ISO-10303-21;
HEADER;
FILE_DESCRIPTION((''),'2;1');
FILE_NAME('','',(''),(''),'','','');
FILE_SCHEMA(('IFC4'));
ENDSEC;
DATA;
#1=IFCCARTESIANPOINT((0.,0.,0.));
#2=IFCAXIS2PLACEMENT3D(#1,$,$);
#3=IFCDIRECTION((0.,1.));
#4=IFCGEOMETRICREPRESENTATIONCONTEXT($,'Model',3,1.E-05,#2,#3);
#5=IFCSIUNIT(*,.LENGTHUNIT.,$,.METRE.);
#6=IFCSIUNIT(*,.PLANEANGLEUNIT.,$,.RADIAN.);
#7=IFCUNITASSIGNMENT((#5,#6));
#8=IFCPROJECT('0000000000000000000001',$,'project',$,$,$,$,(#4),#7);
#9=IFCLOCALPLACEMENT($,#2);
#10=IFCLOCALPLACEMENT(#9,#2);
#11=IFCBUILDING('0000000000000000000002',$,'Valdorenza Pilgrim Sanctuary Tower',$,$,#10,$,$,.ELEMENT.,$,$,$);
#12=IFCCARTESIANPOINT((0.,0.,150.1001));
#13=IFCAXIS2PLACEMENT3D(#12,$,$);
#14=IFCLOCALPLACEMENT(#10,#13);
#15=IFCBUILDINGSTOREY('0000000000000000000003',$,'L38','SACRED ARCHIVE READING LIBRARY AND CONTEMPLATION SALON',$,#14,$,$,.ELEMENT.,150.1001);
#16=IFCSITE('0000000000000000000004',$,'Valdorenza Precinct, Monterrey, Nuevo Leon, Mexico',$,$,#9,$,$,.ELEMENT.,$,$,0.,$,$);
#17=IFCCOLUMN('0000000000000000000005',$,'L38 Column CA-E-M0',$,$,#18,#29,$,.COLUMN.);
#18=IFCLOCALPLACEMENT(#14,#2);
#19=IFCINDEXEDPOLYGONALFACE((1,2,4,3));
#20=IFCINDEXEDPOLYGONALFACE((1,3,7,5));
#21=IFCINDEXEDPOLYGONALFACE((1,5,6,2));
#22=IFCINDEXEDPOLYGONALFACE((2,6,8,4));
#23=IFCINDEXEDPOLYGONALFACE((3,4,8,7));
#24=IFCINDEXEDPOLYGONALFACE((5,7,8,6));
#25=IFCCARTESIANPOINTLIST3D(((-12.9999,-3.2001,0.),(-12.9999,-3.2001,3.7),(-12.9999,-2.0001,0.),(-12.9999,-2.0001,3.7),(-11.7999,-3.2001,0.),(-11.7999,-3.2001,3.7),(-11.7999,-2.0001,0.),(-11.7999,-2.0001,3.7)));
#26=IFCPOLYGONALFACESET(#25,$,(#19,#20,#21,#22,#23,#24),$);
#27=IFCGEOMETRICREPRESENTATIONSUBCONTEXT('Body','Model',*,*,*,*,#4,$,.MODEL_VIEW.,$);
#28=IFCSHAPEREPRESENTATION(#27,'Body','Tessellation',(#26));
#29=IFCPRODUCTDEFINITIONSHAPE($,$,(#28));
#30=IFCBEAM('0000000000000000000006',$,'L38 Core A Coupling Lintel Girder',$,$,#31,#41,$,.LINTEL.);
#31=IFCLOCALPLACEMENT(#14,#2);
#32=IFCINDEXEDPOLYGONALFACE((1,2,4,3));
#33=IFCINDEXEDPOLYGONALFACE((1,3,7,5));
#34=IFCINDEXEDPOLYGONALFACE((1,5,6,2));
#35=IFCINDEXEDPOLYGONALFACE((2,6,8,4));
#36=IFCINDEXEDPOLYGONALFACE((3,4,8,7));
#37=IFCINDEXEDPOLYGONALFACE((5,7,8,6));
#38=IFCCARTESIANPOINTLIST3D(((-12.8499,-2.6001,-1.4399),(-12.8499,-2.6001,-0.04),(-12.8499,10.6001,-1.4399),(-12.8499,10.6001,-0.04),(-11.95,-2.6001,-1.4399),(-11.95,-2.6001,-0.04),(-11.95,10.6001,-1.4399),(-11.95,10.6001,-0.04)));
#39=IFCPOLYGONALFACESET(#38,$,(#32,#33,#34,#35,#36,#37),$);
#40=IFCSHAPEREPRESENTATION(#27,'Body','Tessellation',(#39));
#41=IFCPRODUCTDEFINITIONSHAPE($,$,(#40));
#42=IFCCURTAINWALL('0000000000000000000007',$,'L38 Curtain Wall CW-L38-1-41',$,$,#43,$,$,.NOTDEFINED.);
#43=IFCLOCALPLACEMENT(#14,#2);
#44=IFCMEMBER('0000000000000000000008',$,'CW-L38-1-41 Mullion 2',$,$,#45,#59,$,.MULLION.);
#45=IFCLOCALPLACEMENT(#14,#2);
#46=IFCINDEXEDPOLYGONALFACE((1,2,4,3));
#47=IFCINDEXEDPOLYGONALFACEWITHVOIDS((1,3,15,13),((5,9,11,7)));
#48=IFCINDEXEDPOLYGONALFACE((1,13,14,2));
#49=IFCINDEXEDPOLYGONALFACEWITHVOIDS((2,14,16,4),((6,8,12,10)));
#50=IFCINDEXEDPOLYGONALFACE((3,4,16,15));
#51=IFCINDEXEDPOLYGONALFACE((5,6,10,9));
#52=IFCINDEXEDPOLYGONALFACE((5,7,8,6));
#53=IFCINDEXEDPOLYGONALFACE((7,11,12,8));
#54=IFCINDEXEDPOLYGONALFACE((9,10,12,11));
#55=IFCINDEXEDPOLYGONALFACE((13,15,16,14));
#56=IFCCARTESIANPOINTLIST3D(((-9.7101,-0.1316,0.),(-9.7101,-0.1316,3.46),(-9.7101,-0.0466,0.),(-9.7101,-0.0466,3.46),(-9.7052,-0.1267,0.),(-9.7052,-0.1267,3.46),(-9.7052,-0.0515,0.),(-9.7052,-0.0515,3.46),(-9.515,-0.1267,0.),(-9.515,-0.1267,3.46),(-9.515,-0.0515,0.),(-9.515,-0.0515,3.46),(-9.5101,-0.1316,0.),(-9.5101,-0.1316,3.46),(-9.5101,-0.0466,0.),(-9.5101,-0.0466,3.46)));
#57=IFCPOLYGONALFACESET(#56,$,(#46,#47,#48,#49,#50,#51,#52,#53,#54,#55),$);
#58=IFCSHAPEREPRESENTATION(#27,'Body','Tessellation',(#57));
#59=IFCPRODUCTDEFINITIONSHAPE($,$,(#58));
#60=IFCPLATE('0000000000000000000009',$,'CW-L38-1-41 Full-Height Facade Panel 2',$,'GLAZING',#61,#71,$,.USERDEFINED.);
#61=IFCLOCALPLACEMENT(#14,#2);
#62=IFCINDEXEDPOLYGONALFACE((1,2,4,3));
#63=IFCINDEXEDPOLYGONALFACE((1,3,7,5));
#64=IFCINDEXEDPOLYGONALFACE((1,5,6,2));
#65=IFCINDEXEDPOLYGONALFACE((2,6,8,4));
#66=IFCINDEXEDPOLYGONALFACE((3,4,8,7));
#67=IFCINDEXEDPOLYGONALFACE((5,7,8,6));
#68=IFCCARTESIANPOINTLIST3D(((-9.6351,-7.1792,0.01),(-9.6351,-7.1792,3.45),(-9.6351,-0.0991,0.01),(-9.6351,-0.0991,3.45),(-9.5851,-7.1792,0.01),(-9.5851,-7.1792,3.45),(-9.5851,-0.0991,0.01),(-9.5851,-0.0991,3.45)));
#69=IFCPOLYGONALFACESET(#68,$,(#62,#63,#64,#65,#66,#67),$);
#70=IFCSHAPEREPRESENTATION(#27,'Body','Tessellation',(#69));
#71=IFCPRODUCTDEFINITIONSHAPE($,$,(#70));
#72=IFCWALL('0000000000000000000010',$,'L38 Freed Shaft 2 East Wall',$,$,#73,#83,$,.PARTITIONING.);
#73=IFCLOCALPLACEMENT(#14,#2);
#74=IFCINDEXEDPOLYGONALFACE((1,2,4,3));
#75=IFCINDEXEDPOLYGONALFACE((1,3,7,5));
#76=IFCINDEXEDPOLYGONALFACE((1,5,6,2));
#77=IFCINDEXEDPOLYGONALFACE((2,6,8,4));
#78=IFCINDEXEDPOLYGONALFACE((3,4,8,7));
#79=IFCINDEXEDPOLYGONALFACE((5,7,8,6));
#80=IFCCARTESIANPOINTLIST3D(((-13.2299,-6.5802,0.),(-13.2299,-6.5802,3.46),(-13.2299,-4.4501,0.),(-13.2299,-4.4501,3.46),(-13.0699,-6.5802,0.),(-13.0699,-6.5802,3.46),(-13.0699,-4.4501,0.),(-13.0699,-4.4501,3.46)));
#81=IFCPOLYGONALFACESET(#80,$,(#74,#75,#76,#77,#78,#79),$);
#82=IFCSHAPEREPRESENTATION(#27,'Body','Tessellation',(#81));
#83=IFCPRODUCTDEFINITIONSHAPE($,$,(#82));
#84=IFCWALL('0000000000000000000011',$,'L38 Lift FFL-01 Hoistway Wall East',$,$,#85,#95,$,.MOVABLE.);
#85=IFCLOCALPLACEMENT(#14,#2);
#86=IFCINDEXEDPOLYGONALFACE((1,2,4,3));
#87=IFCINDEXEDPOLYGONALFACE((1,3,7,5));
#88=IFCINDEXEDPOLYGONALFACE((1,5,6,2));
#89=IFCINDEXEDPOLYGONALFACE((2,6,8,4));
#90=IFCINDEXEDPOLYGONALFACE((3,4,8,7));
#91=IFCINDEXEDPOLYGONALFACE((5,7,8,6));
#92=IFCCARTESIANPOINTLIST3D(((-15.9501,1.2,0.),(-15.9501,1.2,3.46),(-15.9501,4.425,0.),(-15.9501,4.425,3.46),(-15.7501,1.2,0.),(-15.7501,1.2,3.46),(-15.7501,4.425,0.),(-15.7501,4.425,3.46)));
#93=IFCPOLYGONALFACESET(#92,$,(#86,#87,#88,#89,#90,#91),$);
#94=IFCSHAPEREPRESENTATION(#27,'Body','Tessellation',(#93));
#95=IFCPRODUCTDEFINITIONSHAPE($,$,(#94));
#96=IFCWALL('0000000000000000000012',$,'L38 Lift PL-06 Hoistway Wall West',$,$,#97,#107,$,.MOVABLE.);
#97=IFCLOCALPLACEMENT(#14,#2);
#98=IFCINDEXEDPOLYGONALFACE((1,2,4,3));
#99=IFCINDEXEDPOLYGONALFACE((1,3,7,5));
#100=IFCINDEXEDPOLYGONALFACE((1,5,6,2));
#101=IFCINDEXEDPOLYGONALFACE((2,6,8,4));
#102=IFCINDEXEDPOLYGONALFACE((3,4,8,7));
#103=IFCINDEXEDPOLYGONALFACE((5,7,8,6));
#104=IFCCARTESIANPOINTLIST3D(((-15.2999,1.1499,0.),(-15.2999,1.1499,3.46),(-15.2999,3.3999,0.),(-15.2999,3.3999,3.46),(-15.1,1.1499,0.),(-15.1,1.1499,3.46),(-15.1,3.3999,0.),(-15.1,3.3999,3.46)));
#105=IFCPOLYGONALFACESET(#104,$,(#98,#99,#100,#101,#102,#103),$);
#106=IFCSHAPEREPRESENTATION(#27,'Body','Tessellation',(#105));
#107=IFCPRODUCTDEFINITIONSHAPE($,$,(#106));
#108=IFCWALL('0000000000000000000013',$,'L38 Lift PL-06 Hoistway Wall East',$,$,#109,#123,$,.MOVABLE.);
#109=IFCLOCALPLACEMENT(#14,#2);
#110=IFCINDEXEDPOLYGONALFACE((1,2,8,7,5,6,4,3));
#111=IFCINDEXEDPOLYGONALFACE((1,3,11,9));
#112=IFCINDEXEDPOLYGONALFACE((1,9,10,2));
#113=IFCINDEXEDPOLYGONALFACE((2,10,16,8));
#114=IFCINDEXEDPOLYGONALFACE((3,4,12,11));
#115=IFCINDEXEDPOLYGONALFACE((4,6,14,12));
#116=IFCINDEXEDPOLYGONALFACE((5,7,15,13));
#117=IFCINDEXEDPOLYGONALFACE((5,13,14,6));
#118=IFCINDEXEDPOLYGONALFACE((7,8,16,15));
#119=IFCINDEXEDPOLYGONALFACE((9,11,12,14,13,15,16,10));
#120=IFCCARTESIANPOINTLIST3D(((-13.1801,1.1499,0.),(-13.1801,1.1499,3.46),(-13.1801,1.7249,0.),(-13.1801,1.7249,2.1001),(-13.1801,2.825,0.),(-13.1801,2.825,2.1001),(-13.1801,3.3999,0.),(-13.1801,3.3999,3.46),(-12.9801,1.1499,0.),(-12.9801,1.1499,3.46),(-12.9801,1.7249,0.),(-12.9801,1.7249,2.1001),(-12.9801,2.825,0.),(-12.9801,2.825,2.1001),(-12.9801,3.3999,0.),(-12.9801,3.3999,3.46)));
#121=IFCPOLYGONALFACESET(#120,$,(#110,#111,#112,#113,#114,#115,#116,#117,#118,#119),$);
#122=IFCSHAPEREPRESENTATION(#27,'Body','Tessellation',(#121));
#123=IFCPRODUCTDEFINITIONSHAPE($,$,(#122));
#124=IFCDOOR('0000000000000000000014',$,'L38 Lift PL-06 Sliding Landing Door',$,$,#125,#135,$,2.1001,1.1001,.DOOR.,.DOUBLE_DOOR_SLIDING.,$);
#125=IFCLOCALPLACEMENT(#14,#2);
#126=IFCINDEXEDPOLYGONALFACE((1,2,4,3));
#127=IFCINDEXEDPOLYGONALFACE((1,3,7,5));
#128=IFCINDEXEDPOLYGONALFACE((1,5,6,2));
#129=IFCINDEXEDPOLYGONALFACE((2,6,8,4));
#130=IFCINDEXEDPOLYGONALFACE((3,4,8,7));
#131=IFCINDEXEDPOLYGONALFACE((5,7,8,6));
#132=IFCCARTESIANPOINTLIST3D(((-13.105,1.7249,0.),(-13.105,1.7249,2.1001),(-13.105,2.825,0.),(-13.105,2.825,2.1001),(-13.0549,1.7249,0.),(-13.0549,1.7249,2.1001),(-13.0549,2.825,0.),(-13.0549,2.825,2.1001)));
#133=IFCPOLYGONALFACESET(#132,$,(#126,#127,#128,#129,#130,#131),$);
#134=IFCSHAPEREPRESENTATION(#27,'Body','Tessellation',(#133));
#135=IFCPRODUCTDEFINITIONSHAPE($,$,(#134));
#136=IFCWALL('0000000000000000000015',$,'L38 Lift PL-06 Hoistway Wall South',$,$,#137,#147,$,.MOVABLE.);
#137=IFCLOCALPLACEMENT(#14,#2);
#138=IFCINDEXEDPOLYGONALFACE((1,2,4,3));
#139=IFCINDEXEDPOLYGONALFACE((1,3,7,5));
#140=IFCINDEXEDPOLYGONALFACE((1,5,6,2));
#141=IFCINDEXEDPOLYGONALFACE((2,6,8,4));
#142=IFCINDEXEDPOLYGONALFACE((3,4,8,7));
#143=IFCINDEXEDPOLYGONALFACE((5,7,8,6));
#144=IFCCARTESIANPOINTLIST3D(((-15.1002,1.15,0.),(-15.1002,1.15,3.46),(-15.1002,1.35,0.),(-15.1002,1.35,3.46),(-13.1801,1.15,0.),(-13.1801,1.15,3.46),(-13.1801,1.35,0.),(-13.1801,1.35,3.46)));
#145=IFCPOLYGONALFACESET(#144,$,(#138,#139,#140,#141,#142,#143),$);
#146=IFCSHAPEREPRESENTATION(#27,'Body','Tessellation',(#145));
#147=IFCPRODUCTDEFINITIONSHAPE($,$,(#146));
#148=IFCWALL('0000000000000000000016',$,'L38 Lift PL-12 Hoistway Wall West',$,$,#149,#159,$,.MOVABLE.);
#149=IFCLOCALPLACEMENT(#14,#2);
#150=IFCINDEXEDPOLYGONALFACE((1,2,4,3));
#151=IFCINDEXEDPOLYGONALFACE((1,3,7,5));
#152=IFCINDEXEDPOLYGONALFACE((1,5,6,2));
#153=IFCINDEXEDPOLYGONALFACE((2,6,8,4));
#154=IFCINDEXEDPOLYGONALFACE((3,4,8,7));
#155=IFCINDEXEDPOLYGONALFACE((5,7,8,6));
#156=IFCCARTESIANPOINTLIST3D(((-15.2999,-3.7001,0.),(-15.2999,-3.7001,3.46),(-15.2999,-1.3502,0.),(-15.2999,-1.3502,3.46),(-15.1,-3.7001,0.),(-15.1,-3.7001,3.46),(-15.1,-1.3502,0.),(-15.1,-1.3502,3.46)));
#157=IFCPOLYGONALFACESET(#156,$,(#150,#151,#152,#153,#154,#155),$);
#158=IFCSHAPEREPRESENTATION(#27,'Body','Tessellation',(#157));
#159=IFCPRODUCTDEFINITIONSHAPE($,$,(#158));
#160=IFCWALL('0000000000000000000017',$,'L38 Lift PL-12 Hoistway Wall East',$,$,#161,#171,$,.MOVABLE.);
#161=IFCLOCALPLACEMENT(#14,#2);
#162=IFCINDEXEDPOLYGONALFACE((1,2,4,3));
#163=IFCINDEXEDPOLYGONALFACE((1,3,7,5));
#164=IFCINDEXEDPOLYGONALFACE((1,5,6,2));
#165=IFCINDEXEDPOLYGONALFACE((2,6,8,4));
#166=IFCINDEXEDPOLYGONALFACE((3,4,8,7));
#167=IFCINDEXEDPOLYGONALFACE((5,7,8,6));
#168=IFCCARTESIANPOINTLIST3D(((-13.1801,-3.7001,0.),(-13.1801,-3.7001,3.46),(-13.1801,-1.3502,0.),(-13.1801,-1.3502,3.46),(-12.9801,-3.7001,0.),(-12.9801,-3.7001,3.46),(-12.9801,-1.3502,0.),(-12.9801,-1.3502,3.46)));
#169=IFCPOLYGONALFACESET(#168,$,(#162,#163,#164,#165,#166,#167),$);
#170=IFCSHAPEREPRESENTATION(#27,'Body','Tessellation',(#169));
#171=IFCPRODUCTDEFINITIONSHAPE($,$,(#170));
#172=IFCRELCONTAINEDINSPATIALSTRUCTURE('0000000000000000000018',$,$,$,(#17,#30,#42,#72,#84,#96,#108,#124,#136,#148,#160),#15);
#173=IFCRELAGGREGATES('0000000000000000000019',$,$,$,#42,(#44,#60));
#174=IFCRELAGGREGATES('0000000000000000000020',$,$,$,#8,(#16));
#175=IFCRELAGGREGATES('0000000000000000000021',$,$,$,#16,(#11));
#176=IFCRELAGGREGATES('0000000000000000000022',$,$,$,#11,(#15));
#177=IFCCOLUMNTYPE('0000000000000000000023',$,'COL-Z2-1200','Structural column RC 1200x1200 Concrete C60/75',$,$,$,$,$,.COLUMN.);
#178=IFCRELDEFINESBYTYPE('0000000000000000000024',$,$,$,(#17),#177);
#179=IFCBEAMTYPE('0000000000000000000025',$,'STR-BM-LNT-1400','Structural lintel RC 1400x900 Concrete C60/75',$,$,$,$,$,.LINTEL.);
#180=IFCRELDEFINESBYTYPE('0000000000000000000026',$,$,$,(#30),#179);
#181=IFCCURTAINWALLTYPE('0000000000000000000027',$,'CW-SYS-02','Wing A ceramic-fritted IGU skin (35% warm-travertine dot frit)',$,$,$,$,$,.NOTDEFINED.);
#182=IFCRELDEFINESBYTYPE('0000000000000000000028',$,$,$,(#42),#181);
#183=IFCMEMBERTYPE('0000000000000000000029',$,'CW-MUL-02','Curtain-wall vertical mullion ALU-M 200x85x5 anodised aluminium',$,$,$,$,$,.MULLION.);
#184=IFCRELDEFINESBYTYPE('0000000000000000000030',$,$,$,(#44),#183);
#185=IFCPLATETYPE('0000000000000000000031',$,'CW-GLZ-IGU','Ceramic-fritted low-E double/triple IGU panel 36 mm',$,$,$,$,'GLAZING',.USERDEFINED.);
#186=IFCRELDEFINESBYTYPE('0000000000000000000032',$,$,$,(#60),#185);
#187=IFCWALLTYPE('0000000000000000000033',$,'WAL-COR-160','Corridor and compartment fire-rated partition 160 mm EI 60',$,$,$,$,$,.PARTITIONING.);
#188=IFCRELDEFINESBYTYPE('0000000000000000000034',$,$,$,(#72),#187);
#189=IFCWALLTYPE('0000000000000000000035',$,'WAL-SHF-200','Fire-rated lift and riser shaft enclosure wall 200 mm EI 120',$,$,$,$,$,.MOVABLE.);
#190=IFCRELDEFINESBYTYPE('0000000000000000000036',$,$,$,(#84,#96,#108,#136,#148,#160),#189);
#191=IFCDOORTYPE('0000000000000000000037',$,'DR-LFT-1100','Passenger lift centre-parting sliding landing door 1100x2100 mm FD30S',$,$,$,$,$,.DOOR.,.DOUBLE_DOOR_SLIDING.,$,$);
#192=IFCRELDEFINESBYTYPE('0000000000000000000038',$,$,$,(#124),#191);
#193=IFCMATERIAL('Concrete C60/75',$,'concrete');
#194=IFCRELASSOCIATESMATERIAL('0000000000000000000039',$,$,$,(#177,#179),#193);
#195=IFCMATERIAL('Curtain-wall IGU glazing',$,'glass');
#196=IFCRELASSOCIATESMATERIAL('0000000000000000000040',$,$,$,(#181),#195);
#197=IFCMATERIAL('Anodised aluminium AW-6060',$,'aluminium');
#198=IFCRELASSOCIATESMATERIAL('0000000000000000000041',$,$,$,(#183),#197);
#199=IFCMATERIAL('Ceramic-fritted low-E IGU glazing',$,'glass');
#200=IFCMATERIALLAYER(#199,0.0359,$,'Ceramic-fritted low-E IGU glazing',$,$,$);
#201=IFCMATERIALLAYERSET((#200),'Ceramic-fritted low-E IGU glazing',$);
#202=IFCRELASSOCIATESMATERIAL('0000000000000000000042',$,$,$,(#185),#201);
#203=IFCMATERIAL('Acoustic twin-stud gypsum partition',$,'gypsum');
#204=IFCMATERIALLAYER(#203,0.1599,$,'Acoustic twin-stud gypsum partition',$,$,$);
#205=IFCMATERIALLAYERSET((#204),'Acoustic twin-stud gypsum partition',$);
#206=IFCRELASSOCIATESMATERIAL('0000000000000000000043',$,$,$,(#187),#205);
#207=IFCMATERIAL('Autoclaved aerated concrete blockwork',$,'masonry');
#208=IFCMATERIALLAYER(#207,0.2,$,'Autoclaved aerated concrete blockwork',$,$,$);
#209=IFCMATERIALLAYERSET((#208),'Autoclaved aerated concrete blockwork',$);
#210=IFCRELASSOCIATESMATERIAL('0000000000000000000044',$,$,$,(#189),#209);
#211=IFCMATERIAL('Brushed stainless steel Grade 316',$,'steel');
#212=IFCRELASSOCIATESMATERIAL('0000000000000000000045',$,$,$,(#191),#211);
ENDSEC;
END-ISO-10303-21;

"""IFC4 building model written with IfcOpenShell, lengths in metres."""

from ifc_helpers import new_model, si_unit, direction, frame, frame_2d, origin, origin_2d, place, context, subcontext, project, spatial, rectangle, hollow_rectangle, extrude, source, transform, mapped, material, layer, layer_set, material_profile, profile_set, type_object, element, fill, aggregate, save


model = new_model("IFC4")

# Units and contexts
model_context = context("Model", 3, precision=1e-05, world=origin(), true_north=direction((0.0, 1.0)))
body_context = subcontext(model_context, "Body", "Model", "MODEL_VIEW")
ifc_project = project(units=[si_unit("LENGTHUNIT", "METRE"), si_unit("PLANEANGLEUNIT", "RADIAN")], contexts=[model_context])

# Site, building, storey
site_placement = place(None, origin())
site = spatial("IfcSite", under=ifc_project, at=site_placement, Name="Valdorenza Precinct, Monterrey, Nuevo Leon, Mexico", CompositionType="ELEMENT", RefElevation=0.0)
building_placement = place(site_placement, origin())
building = spatial("IfcBuilding", under=site, at=building_placement, Name="Valdorenza Pilgrim Sanctuary Tower", CompositionType="ELEMENT")
storey_placement = place(building_placement, frame((0.0, 0.0, 150.1001)))
storey = spatial("IfcBuildingStorey", under=building, at=storey_placement, Name="L38", Description="SACRED ARCHIVE READING LIBRARY AND CONTEMPLATION SALON", CompositionType="ELEMENT", Elevation=150.1001)

# Column
ifc_material_1 = material(Name="Concrete C60/75", Category="concrete")
ifc_material_profile_1 = material_profile(ifc_material_1, rectangle(XDim=1.2, YDim=1.2, at=origin_2d()), Name="RC 1200x1200")
ifc_profile_set_1 = profile_set([ifc_material_profile_1], Name="Concrete C60/75")
column_type = type_object("IfcColumnType", Name="COL-Z2-1200", Description="Structural column RC 1200x1200 Concrete C60/75", PredefinedType="COLUMN", material=ifc_profile_set_1)
shared_shape_1 = source(origin(), body_context, "Body", "SweptSolid", [
    extrude(rectangle(XDim=1.2, YDim=1.2, at=origin_2d()), origin(), (0.0, 0.0, 1.0), 3.7),
])
column_placement = place(storey_placement, frame((-12.3999, -2.6001, 0.0), z_axis=(0.0, 0.0, 1.0), x_axis=(1.0, 0.0, 0.0)))
element("IfcColumn", 1, at=column_placement, inside=storey, type_object=column_type, Name="L38 Column CA-E-M0", PredefinedType="COLUMN", context=body_context, shape_type="MappedRepresentation", body=[
    mapped(shared_shape_1, transform((0.0, 0.0, 0.0), x_axis=(1.0, 0.0, 0.0), y_axis=(0.0, 1.0, 0.0), z_axis=(0.0, 0.0, 1.0), scale=1.0)),
])

# Beam
ifc_material_profile_2 = material_profile(ifc_material_1, rectangle(XDim=0.8999, YDim=1.3999, at=origin_2d()), Name="RC 1400x900")
ifc_profile_set_2 = profile_set([ifc_material_profile_2], Name="Concrete C60/75")
beam_type = type_object("IfcBeamType", Name="STR-BM-LNT-1400", Description="Structural lintel RC 1400x900 Concrete C60/75", PredefinedType="LINTEL", material=ifc_profile_set_2)
shared_shape_2 = source(origin(), body_context, "Body", "SweptSolid", [
    extrude(rectangle(XDim=0.8999, YDim=1.3999, at=origin_2d()), origin(), (0.0, 0.0, 1.0), 13.2002),
])
beam_placement = place(storey_placement, frame((-12.3999, -2.6001, -0.74), z_axis=(0.0, 1.0, 0.0), x_axis=(-1.0, 0.0, 0.0)))
element("IfcBeam", 2, at=beam_placement, inside=storey, type_object=beam_type, Name="L38 Core A Coupling Lintel Girder", PredefinedType="LINTEL", context=body_context, shape_type="MappedRepresentation", body=[
    mapped(shared_shape_2, transform((0.0, 0.0, 0.0), x_axis=(1.0, 0.0, 0.0), y_axis=(0.0, 1.0, 0.0), z_axis=(0.0, 0.0, 1.0), scale=1.0)),
])

# Curtain wall, member, plate
ifc_material_2 = material(Name="Curtain-wall IGU glazing", Category="glass")
curtain_wall_type = type_object("IfcCurtainWallType", Name="CW-SYS-02", Description="Wing A ceramic-fritted IGU skin (35% warm-travertine dot frit)", PredefinedType="NOTDEFINED", material=ifc_material_2)
curtain_wall_placement = place(storey_placement, origin())
curtain_wall = element("IfcCurtainWall", 3, at=curtain_wall_placement, inside=storey, type_object=curtain_wall_type, Name="L38 Curtain Wall CW-L38-1-41", PredefinedType="NOTDEFINED")
ifc_material_3 = material(Name="Anodised aluminium AW-6060", Category="aluminium")
ifc_material_profile_3 = material_profile(ifc_material_3, hollow_rectangle(XDim=0.085, YDim=0.2, WallThickness=0.0049, at=origin_2d()), Name="ALU-M 200x85x5")
ifc_profile_set_3 = profile_set([ifc_material_profile_3], Name="Anodised aluminium AW-6060")
member_type = type_object("IfcMemberType", Name="CW-MUL-02", Description="Curtain-wall vertical mullion ALU-M 200x85x5 anodised aluminium", PredefinedType="MULLION", material=ifc_profile_set_3)
shared_shape_3 = source(origin(), body_context, "Body", "SweptSolid", [
    extrude(hollow_rectangle(XDim=0.085, YDim=0.2, WallThickness=0.0049, at=origin_2d()), origin(), (0.0, 0.0, 1.0), 3.46),
])
member_placement = place(storey_placement, frame((-9.6101, -0.0891, 0.0), z_axis=(0.0, 0.0, 1.0), x_axis=(0.0, -1.0, 0.0)))
member = element("IfcMember", 4, at=member_placement, type_object=member_type, Name="CW-L38-1-41 Mullion 2", PredefinedType="MULLION", context=body_context, shape_type="MappedRepresentation", body=[
    mapped(shared_shape_3, transform((0.0, 0.0, 0.0), x_axis=(1.0, 0.0, 0.0), y_axis=(0.0, 1.0, 0.0), z_axis=(0.0, 0.0, 1.0), scale=1.0)),
])
ifc_material_4 = material(Name="Ceramic-fritted low-E IGU glazing", Category="glass")
ifc_layer_1 = layer(ifc_material_4, 0.0359, Name="Ceramic-fritted low-E IGU glazing")
ifc_layer_set_1 = layer_set([ifc_layer_1], Name="Ceramic-fritted low-E IGU glazing")
plate_type = type_object("IfcPlateType", Name="CW-GLZ-IGU", Description="Ceramic-fritted low-E double/triple IGU panel 36 mm", ElementType="GLAZING", PredefinedType="USERDEFINED", material=ifc_layer_set_1)
shared_shape_4 = source(origin(), body_context, "Body", "SweptSolid", [
    extrude(rectangle(XDim=7.0801, YDim=0.05, at=origin_2d()), origin(), (0.0, 0.0, 1.0), 3.4399),
])
plate_placement = place(storey_placement, frame((-9.6101, -3.6392, 0.01), z_axis=(0.0, 0.0, 1.0), x_axis=(0.0, -1.0, 0.0)))
plate = element("IfcPlate", 5, at=plate_placement, type_object=plate_type, Name="CW-L38-1-41 Full-Height Facade Panel 2", ObjectType="GLAZING", PredefinedType="USERDEFINED", context=body_context, shape_type="MappedRepresentation", body=[
    mapped(shared_shape_4, transform((0.0, 0.0, 0.0), x_axis=(1.0, 0.0, 0.0), y_axis=(0.0, 1.0, 0.0), z_axis=(0.0, 0.0, 1.0), scale=1.0)),
])
aggregate(curtain_wall, [member, plate])

# Wall
ifc_material_5 = material(Name="Acoustic twin-stud gypsum partition", Category="gypsum")
ifc_layer_2 = layer(ifc_material_5, 0.1599, Name="Acoustic twin-stud gypsum partition")
ifc_layer_set_2 = layer_set([ifc_layer_2], Name="Acoustic twin-stud gypsum partition")
wall_type_1 = type_object("IfcWallType", Name="WAL-COR-160", Description="Corridor and compartment fire-rated partition 160 mm EI 60", PredefinedType="PARTITIONING", material=ifc_layer_set_2)
wall_1_placement = place(storey_placement, frame((-13.1499, -6.5801, 0.0), z_axis=(0.0, 0.0, 1.0), x_axis=(0.0, 1.0, 0.0)))
element("IfcWall", 6, at=wall_1_placement, inside=storey, type_object=wall_type_1, Name="L38 Freed Shaft 2 East Wall", PredefinedType="PARTITIONING", context=body_context, shape_type="SweptSolid", body=[
    extrude(rectangle(XDim=2.1301, YDim=0.1599, at=frame_2d((1.0649, 0.0))), origin(), (0.0, 0.0, 1.0), 3.46),
])

# Walls
ifc_material_6 = material(Name="Autoclaved aerated concrete blockwork", Category="masonry")
ifc_layer_3 = layer(ifc_material_6, 0.2, Name="Autoclaved aerated concrete blockwork")
ifc_layer_set_3 = layer_set([ifc_layer_3], Name="Autoclaved aerated concrete blockwork")
wall_type_2 = type_object("IfcWallType", Name="WAL-SHF-200", Description="Fire-rated lift and riser shaft enclosure wall 200 mm EI 120", PredefinedType="MOVABLE", material=ifc_layer_set_3)
wall_2_placement = place(storey_placement, frame((-15.8501, 1.2, 0.0), z_axis=(0.0, 0.0, 1.0), x_axis=(0.0, 1.0, 0.0)))
element("IfcWall", 7, at=wall_2_placement, inside=storey, type_object=wall_type_2, Name="L38 Lift FFL-01 Hoistway Wall East", PredefinedType="MOVABLE", context=body_context, shape_type="SweptSolid", body=[
    extrude(rectangle(XDim=3.2251, YDim=0.2, at=frame_2d((1.6125, 0.0))), origin(), (0.0, 0.0, 1.0), 3.46),
])
wall_3_placement = place(storey_placement, frame((-15.2, 1.1499, 0.0), z_axis=(0.0, 0.0, 1.0), x_axis=(0.0, 1.0, 0.0)))
element("IfcWall", 8, at=wall_3_placement, inside=storey, type_object=wall_type_2, Name="L38 Lift PL-06 Hoistway Wall West", PredefinedType="MOVABLE", context=body_context, shape_type="SweptSolid", body=[
    extrude(rectangle(XDim=2.25, YDim=0.2, at=frame_2d((1.125, 0.0))), origin(), (0.0, 0.0, 1.0), 3.46),
])

# Wall, opening, door
wall_4_placement = place(storey_placement, frame((-13.0801, 1.1499, 0.0), z_axis=(0.0, 0.0, 1.0), x_axis=(0.0, 1.0, 0.0)))
wall_4 = element("IfcWall", 9, at=wall_4_placement, inside=storey, type_object=wall_type_2, Name="L38 Lift PL-06 Hoistway Wall East", PredefinedType="MOVABLE", context=body_context, shape_type="SweptSolid", body=[
    extrude(rectangle(XDim=2.25, YDim=0.2, at=frame_2d((1.125, 0.0))), origin(), (0.0, 0.0, 1.0), 3.46),
])
opening_1_placement = place(wall_4_placement, frame((0.575, 0.0, 0.0)))
opening_1 = element("IfcOpeningElement", 10, at=opening_1_placement, cuts=wall_4, PredefinedType="OPENING", context=body_context, shape_type="SweptSolid", body=[
    extrude(rectangle(XDim=1.1001, YDim=2.1001, at=frame_2d((0.55, 1.05))), frame((0.0, 0.1147, 0.0), z_axis=(0.0, -1.0, 0.0), x_axis=(1.0, 0.0, 0.0)), (0.0, 0.0, 1.0), 0.2297),
])
ifc_material_7 = material(Name="Brushed stainless steel Grade 316", Category="steel")
door_type_1 = type_object("IfcDoorType", Name="DR-LFT-1100", Description="Passenger lift centre-parting sliding landing door 1100x2100 mm FD30S", OperationType="DOUBLE_DOOR_SLIDING", PredefinedType="DOOR", material=ifc_material_7)
door_1_placement = place(opening_1_placement, origin())
door_1 = element("IfcDoor", 11, at=door_1_placement, inside=storey, type_object=door_type_1, Name="L38 Lift PL-06 Sliding Landing Door", OperationType="DOUBLE_DOOR_SLIDING", OverallHeight=2.1001, OverallWidth=1.1001, PredefinedType="DOOR", context=body_context, shape_type="SweptSolid", body=[
    extrude(rectangle(XDim=1.1001, YDim=2.1001, at=frame_2d((0.55, 1.05))), frame((0.0, 0.0249, 0.0), z_axis=(0.0, -1.0, 0.0), x_axis=(1.0, 0.0, 0.0)), (0.0, 0.0, 1.0), 0.05),
])
fill(opening_1, door_1)

# Walls
wall_5_placement = place(storey_placement, frame((-15.1001, 1.25, 0.0), z_axis=(0.0, 0.0, 1.0), x_axis=(1.0, 0.0, 0.0)))
element("IfcWall", 12, at=wall_5_placement, inside=storey, type_object=wall_type_2, Name="L38 Lift PL-06 Hoistway Wall South", PredefinedType="MOVABLE", context=body_context, shape_type="SweptSolid", body=[
    extrude(rectangle(XDim=1.9202, YDim=0.2, at=frame_2d((0.96, 0.0))), origin(), (0.0, 0.0, 1.0), 3.46),
])
for number, where, z_axis, x_axis, name in (
    (13, (-15.2, -3.7, 0.0), (0.0, 0.0, 1.0), (0.0, 1.0, 0.0), "L38 Lift PL-12 Hoistway Wall West"),
    (14, (-13.0801, -3.7, 0.0), (0.0, 0.0, 1.0), (0.0, 1.0, 0.0), "L38 Lift PL-12 Hoistway Wall East"),
):
    element("IfcWall", number, at=place(storey_placement, frame(where, z_axis=z_axis, x_axis=x_axis)), inside=storey, type_object=wall_type_2, Name=name, PredefinedType="MOVABLE", context=body_context, shape_type="SweptSolid", body=[
        extrude(rectangle(XDim=2.3499, YDim=0.2, at=frame_2d((1.1748, 0.0))), origin(), (0.0, 0.0, 1.0), 3.46),
    ])

save(model, "model.ifc")
